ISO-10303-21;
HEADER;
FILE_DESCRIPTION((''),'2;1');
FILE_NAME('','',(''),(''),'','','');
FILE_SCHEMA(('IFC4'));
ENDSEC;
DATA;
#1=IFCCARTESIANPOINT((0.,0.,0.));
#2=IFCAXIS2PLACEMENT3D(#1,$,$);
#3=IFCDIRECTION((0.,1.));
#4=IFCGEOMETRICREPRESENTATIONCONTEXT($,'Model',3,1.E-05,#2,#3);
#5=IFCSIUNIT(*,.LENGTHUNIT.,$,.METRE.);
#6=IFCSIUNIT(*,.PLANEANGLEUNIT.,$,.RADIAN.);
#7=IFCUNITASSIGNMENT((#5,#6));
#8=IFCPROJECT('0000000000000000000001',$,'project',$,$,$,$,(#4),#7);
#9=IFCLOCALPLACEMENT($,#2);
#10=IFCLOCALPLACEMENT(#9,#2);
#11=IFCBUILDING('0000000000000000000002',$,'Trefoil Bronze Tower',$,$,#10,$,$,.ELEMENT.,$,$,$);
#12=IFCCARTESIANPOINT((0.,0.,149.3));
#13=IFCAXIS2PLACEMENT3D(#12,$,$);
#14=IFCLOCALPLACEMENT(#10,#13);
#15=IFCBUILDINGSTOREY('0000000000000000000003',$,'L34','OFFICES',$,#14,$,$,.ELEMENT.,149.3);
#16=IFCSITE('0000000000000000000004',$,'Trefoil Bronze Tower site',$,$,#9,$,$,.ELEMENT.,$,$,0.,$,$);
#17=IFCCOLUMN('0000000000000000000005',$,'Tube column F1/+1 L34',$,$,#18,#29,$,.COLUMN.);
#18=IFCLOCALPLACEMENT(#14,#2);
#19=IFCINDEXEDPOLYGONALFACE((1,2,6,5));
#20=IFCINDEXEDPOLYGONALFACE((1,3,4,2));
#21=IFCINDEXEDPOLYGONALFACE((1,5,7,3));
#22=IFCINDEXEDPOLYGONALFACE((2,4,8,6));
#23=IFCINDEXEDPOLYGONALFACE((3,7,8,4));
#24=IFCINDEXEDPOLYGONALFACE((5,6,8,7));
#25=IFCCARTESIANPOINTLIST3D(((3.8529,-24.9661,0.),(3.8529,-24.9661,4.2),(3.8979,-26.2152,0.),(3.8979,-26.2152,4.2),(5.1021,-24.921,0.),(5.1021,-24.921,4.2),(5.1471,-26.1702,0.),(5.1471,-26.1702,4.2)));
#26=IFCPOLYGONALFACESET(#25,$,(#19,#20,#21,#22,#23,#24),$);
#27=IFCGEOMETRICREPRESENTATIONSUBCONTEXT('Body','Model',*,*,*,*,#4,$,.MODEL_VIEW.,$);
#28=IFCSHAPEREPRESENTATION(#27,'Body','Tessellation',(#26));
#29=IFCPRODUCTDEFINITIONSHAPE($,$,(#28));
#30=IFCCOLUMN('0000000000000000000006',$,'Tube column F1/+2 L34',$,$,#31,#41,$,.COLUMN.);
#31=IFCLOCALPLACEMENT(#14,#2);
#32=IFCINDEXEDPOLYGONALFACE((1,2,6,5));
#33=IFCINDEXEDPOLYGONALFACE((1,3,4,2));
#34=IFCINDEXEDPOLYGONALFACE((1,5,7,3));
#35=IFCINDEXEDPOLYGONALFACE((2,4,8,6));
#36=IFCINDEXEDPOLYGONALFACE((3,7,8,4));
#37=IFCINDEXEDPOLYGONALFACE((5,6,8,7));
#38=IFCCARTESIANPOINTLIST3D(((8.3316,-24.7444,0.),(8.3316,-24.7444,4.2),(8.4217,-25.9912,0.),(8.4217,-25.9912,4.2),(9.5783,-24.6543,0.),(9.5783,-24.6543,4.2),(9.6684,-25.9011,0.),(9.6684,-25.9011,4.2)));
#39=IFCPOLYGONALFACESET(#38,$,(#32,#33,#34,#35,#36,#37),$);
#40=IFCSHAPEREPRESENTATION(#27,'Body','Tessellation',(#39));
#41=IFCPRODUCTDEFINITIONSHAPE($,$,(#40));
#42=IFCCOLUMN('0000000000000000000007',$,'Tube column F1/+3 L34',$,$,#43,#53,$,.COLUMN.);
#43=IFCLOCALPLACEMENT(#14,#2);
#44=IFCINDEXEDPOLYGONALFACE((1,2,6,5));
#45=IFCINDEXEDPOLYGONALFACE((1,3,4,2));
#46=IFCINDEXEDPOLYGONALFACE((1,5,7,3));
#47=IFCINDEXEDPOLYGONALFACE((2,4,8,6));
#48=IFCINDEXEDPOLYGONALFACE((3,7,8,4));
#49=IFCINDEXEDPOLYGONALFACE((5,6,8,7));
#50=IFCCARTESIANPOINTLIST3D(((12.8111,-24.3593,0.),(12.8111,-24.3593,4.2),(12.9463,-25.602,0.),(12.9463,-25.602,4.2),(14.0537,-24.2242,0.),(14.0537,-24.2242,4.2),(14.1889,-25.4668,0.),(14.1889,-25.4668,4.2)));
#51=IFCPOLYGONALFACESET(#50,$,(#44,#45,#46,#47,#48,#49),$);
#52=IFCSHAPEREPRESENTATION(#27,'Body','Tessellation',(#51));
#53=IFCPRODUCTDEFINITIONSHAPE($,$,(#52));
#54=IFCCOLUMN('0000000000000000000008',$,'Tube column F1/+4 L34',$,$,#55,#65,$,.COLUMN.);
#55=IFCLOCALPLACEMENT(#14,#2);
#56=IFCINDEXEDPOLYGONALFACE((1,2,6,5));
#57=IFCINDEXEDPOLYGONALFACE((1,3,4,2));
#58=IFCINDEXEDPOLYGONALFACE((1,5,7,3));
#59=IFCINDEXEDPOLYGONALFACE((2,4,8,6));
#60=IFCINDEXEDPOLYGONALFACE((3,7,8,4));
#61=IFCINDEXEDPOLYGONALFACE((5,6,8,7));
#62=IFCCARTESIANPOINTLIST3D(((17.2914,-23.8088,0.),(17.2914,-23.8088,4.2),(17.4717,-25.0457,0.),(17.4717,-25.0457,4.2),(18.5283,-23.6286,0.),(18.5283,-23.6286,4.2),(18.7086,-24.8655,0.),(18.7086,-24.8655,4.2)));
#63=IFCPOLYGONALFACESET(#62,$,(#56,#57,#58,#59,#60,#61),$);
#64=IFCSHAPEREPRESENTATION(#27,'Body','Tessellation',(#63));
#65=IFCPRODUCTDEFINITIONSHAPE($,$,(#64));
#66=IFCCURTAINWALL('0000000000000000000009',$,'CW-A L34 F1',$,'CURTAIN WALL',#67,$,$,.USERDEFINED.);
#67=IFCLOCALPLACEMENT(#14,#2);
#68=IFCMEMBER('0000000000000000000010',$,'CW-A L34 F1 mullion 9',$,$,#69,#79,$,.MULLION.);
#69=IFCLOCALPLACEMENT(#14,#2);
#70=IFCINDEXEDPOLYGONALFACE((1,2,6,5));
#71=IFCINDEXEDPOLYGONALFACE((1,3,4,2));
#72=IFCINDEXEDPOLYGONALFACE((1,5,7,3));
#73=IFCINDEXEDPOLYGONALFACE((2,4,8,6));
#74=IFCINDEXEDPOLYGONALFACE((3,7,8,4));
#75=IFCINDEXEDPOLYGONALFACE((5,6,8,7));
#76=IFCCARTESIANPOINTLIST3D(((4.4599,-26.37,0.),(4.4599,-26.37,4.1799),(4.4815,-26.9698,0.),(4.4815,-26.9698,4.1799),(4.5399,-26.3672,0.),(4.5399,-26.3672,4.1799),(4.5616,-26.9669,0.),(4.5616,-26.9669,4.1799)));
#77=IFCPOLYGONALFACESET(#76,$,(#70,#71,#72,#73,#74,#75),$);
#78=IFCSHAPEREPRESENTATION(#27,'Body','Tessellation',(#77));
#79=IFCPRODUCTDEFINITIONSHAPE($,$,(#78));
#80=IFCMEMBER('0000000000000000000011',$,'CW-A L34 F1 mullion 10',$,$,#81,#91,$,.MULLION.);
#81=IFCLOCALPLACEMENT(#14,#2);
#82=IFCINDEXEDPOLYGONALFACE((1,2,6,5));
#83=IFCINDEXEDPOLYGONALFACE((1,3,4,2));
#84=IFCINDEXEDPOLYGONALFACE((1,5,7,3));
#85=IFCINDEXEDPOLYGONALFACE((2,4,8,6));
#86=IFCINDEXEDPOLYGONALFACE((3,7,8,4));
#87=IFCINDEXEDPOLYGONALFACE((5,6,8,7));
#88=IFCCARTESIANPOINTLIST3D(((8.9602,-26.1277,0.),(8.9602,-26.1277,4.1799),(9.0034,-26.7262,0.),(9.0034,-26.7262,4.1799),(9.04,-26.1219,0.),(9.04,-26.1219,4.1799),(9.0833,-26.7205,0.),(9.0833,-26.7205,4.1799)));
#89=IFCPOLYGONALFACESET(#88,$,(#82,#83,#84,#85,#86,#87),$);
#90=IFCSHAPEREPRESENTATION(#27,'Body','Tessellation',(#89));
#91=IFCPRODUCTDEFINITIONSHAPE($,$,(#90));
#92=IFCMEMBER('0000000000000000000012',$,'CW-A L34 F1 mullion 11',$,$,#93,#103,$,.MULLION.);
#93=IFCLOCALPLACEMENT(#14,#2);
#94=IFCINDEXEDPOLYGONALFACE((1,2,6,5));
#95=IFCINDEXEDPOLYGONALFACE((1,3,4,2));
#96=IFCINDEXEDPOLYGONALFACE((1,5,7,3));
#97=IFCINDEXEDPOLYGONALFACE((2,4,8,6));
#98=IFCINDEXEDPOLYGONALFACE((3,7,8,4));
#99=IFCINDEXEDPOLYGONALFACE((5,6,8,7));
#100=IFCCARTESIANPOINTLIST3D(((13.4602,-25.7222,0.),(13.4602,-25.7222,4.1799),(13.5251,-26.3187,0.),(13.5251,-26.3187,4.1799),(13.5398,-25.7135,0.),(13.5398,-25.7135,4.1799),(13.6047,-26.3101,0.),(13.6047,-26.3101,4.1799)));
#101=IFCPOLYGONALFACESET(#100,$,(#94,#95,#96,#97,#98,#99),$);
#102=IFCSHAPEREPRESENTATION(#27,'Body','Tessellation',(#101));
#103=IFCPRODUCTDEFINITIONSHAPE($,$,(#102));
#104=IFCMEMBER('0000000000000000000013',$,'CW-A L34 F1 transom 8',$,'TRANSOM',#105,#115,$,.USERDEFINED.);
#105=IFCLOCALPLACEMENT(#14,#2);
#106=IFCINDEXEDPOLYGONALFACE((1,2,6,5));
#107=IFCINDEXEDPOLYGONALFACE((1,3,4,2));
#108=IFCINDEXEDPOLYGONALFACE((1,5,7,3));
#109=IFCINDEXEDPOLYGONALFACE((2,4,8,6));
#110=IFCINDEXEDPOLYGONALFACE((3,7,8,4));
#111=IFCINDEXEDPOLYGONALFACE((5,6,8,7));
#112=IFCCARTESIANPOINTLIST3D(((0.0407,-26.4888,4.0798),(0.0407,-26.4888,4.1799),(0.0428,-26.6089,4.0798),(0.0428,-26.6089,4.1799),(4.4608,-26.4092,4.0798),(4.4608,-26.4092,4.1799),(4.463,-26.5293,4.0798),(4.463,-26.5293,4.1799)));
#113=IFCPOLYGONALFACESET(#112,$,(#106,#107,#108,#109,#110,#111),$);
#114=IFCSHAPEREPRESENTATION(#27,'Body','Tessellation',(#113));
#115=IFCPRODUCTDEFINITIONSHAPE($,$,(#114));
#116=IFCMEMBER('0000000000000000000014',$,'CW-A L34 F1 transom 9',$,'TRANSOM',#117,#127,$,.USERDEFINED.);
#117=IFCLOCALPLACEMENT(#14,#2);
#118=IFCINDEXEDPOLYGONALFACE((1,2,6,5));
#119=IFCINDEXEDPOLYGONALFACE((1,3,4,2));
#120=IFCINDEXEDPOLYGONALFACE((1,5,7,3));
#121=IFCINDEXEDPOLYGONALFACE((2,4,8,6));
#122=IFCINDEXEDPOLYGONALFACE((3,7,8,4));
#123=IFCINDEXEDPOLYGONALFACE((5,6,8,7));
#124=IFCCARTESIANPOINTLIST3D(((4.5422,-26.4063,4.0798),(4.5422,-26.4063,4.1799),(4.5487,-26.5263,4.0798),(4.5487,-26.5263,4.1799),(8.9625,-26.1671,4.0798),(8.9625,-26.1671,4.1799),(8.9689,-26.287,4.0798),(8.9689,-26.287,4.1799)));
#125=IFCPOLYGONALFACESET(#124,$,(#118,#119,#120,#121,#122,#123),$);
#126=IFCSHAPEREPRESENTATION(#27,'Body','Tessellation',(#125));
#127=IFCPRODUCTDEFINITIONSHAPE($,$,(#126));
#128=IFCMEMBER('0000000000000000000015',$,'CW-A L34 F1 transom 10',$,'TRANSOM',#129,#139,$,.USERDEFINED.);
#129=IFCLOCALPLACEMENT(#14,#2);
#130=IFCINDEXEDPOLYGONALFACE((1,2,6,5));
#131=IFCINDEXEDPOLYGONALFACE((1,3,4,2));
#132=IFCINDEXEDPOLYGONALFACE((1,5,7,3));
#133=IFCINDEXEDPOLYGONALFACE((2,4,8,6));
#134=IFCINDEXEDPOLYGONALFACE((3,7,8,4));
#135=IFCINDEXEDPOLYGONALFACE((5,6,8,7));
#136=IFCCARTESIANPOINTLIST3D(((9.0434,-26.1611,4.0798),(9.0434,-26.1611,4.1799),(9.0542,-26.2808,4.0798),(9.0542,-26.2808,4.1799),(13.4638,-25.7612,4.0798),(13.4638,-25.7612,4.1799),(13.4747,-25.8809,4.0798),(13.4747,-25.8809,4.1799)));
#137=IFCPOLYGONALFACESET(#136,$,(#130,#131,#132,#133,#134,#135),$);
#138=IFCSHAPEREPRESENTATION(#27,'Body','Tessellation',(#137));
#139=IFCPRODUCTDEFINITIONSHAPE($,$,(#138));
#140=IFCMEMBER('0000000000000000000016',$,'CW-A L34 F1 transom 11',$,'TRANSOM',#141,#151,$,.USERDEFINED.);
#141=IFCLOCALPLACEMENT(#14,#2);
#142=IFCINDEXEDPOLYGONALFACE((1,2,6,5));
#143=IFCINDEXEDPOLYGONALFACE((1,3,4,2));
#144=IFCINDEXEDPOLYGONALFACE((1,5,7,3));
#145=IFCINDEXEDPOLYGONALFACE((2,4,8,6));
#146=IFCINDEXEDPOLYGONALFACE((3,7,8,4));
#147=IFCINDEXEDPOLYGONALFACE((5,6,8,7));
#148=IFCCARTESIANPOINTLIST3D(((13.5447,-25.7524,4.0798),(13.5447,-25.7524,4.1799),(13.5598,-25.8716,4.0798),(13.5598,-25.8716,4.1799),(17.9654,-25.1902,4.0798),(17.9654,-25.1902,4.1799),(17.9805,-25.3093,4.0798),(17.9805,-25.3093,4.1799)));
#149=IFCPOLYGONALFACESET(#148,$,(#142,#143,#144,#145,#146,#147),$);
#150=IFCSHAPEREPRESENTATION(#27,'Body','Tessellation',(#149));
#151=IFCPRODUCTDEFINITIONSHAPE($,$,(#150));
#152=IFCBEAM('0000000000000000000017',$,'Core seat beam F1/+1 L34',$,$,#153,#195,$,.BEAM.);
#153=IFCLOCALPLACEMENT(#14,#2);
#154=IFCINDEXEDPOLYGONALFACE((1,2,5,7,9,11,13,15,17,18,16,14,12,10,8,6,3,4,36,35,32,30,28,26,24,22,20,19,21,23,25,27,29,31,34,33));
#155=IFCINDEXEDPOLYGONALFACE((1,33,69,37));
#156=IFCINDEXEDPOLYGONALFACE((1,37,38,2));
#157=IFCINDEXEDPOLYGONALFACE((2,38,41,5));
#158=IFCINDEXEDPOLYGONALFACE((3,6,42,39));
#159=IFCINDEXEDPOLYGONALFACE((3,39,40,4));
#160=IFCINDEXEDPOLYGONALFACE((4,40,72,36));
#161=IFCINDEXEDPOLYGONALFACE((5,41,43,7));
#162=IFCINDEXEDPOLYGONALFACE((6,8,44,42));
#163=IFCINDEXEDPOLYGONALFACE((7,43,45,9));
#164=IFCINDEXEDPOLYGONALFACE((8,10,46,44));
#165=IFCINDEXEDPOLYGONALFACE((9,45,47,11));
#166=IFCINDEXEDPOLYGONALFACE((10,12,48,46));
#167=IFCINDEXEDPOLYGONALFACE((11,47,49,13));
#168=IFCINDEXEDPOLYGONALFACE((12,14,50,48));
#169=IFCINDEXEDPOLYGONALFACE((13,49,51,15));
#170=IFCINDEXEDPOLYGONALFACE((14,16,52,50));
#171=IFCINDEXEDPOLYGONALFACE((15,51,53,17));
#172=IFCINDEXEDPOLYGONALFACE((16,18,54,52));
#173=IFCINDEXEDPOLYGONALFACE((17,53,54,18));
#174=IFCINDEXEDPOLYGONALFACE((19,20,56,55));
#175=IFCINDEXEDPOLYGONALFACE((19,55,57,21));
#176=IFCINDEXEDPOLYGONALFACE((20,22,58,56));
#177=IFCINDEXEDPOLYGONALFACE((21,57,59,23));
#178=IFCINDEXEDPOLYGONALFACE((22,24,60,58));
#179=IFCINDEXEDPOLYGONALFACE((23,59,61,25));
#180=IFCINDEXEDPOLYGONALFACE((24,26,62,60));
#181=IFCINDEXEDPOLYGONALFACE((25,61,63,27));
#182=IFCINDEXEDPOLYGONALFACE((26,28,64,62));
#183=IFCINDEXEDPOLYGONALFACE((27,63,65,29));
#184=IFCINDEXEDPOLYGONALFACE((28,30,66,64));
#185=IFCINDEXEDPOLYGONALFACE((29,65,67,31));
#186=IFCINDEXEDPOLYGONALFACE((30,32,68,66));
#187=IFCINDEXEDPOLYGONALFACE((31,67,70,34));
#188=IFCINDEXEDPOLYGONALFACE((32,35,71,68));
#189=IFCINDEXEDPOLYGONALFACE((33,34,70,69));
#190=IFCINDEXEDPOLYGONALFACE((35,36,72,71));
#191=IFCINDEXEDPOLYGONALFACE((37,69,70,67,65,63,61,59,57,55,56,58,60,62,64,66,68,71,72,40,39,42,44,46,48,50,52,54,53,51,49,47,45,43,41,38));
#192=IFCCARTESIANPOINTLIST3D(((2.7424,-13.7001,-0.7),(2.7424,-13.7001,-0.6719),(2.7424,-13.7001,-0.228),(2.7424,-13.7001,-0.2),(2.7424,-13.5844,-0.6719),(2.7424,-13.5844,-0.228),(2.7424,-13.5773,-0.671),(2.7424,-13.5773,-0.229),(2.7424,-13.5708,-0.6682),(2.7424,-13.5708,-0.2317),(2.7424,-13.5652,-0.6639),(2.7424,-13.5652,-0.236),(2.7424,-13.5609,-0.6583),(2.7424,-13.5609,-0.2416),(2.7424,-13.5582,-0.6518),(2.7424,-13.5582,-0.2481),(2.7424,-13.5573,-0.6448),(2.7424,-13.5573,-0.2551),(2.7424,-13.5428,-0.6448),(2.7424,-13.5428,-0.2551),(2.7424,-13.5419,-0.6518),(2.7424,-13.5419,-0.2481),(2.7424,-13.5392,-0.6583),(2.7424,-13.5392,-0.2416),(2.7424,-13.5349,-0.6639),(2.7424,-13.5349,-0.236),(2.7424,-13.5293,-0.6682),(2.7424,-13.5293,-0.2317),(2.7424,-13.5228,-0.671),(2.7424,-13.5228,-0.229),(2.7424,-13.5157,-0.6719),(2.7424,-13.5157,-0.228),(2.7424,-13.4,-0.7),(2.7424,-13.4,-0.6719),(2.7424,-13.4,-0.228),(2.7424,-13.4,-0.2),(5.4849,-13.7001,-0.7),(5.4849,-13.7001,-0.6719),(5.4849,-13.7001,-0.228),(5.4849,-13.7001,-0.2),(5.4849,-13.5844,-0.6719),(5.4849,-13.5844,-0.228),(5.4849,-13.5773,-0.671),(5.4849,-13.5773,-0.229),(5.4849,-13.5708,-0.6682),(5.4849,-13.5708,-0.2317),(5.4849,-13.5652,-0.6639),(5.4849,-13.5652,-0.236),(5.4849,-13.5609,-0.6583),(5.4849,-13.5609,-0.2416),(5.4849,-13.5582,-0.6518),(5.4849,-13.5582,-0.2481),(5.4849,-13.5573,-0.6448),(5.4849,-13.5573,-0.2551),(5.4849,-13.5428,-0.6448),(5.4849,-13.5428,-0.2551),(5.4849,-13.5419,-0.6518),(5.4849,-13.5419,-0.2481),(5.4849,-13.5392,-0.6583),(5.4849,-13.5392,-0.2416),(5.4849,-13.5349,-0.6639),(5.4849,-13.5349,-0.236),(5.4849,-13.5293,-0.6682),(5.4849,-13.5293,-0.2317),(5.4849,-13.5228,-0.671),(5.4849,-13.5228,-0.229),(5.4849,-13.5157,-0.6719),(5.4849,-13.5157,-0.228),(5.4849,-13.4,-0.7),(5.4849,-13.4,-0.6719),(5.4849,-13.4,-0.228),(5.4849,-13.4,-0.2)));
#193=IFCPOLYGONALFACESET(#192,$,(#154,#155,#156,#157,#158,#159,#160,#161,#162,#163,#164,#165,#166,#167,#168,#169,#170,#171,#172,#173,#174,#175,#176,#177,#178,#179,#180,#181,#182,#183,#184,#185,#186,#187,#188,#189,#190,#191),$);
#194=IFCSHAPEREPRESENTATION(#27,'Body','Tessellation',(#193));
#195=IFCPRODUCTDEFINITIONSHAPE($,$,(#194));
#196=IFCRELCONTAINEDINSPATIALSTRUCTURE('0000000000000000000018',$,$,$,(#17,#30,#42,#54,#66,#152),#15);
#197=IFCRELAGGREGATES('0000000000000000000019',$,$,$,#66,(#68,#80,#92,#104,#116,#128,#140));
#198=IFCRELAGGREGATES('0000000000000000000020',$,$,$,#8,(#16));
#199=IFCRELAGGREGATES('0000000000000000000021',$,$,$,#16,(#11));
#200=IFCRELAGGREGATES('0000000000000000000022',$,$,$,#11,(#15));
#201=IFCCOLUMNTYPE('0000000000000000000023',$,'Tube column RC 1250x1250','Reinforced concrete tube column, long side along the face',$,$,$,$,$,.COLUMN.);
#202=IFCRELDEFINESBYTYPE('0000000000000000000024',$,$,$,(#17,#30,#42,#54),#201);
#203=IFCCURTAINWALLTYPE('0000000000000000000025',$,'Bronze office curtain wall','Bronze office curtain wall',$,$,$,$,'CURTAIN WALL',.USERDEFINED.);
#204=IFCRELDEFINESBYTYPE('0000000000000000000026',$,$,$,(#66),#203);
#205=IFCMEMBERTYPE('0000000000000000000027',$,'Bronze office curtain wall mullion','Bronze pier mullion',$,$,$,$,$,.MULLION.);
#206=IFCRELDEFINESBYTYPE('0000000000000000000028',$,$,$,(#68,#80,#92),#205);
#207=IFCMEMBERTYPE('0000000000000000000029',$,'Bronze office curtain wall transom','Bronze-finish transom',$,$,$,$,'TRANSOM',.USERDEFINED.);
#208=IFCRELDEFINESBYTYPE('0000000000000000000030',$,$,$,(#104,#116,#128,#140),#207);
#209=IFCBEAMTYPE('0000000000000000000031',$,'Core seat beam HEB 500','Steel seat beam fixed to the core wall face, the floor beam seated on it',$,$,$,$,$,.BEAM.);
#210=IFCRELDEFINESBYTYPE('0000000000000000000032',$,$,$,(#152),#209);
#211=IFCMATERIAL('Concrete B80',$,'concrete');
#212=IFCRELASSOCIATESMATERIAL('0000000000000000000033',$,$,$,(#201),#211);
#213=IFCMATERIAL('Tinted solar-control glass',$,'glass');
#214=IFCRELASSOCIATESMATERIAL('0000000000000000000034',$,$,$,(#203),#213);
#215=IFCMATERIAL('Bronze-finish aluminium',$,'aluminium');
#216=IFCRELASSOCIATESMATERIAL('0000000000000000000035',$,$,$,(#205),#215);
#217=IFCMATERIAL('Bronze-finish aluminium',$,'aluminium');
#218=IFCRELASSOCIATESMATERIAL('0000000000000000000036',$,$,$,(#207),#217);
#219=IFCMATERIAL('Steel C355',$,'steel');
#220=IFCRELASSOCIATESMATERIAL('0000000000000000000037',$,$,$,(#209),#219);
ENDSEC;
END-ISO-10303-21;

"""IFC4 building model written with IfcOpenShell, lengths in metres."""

from ifc_helpers import new_model, si_unit, direction, frame, origin, origin_2d, place, context, subcontext, project, spatial, rectangle, i_section, extrude, material, material_profile, profile_set, type_object, element, aggregate, save


model = new_model("IFC4")

# Units and contexts
model_context = context("Model", 3, precision=1e-05, world=origin(), true_north=direction((0.0, 1.0)))
body_context = subcontext(model_context, "Body", "Model", "MODEL_VIEW")
ifc_project = project(units=[si_unit("LENGTHUNIT", "METRE"), si_unit("PLANEANGLEUNIT", "RADIAN")], contexts=[model_context])

# Site, building, storey
site_placement = place(None, origin())
site = spatial("IfcSite", under=ifc_project, at=site_placement, Name="Trefoil Bronze Tower site", CompositionType="ELEMENT", RefElevation=0.0)
building_placement = place(site_placement, origin())
building = spatial("IfcBuilding", under=site, at=building_placement, Name="Trefoil Bronze Tower", CompositionType="ELEMENT")
storey_placement = place(building_placement, frame((0.0, 0.0, 149.3)))
storey = spatial("IfcBuildingStorey", under=building, at=storey_placement, Name="L34", Description="OFFICES", CompositionType="ELEMENT", Elevation=149.3)

# Columns
ifc_material_1 = material(Name="Concrete B80", Category="concrete")
ifc_material_profile_1 = material_profile(ifc_material_1, rectangle(XDim=1.25, YDim=1.25, at=origin_2d()), Name="RC 1250x1250")
ifc_profile_set_1 = profile_set([ifc_material_profile_1], Name="Concrete B80")
column_type = type_object("IfcColumnType", Name="Tube column RC 1250x1250", Description="Reinforced concrete tube column, long side along the face", PredefinedType="COLUMN", material=ifc_profile_set_1)
for number, where, z_axis, x_axis, name in (
    (1, (4.5, -25.5681, 0.0), (0.0, 0.0, 1.0), (0.99935, 0.036048, 0.0), "Tube column F1/+1 L34"),
    (2, (9.0, -25.3228, 0.0), (0.0, 0.0, 1.0), (0.997398, 0.072096, 0.0), "Tube column F1/+2 L34"),
    (3, (13.5, -24.9131, 0.0), (0.0, 0.0, 1.0), (0.994135, 0.108144, 0.0), "Tube column F1/+3 L34"),
    (4, (18.0, -24.3372, 0.0), (0.0, 0.0, 1.0), (0.98955, 0.144192, 0.0), "Tube column F1/+4 L34"),
):
    element("IfcColumn", number, at=place(storey_placement, frame(where, z_axis=z_axis, x_axis=x_axis)), inside=storey, type_object=column_type, Name=name, PredefinedType="COLUMN", context=body_context, shape_type="SweptSolid", body=[
        extrude(rectangle(XDim=1.25, YDim=1.25, at=origin_2d()), origin(), (0.0, 0.0, 1.0), 4.2),
    ])

# Curtain wall, members
ifc_material_2 = material(Name="Tinted solar-control glass", Category="glass")
curtain_wall_type = type_object("IfcCurtainWallType", Name="Bronze office curtain wall", Description="Bronze office curtain wall", ElementType="CURTAIN WALL", PredefinedType="USERDEFINED", material=ifc_material_2)
curtain_wall_placement = place(storey_placement, origin())
curtain_wall = element("IfcCurtainWall", 5, at=curtain_wall_placement, inside=storey, type_object=curtain_wall_type, Name="CW-A L34 F1", ObjectType="CURTAIN WALL", PredefinedType="USERDEFINED")
ifc_material_3 = material(Name="Bronze-finish aluminium", Category="aluminium")
ifc_material_profile_2 = material_profile(ifc_material_3, rectangle(XDim=0.6001, YDim=0.0801, at=origin_2d()), Name="CW-A mullion")
ifc_profile_set_2 = profile_set([ifc_material_profile_2], Name="Bronze-finish aluminium")
member_type_1 = type_object("IfcMemberType", Name="Bronze office curtain wall mullion", Description="Bronze pier mullion", PredefinedType="MULLION", material=ifc_profile_set_2)
member_1_placement = place(storey_placement, frame((4.5107, -26.6685, 0.0), z_axis=(0.0, 0.0, 1.0), x_axis=(-0.036048, 0.99935, 0.0)))
member_1 = element("IfcMember", 6, at=member_1_placement, type_object=member_type_1, Name="CW-A L34 F1 mullion 9", PredefinedType="MULLION", context=body_context, shape_type="SweptSolid", body=[
    extrude(rectangle(XDim=0.6001, YDim=0.0801, at=origin_2d()), origin(), (0.0, 0.0, 1.0), 4.1799),
])
member_2_placement = place(storey_placement, frame((9.0217, -26.4241, 0.0), z_axis=(0.0, 0.0, 1.0), x_axis=(-0.072096, 0.997398, 0.0)))
member_2 = element("IfcMember", 7, at=member_2_placement, type_object=member_type_1, Name="CW-A L34 F1 mullion 10", PredefinedType="MULLION", context=body_context, shape_type="SweptSolid", body=[
    extrude(rectangle(XDim=0.6001, YDim=0.0801, at=origin_2d()), origin(), (0.0, 0.0, 1.0), 4.1799),
])
member_3_placement = place(storey_placement, frame((13.5325, -26.0161, 0.0), z_axis=(0.0, 0.0, 1.0), x_axis=(-0.108144, 0.994135, 0.0)))
member_3 = element("IfcMember", 8, at=member_3_placement, type_object=member_type_1, Name="CW-A L34 F1 mullion 11", PredefinedType="MULLION", context=body_context, shape_type="SweptSolid", body=[
    extrude(rectangle(XDim=0.6001, YDim=0.0801, at=origin_2d()), origin(), (0.0, 0.0, 1.0), 4.1799),
])
ifc_material_4 = material(Name="Bronze-finish aluminium", Category="aluminium")
ifc_material_profile_3 = material_profile(ifc_material_4, rectangle(XDim=0.1201, YDim=0.1001, at=origin_2d()), Name="CW-A transom")
ifc_profile_set_3 = profile_set([ifc_material_profile_3], Name="Bronze-finish aluminium")
member_type_2 = type_object("IfcMemberType", Name="Bronze office curtain wall transom", Description="Bronze-finish transom", ElementType="TRANSOM", PredefinedType="USERDEFINED", material=ifc_profile_set_3)
member_4_placement = place(storey_placement, frame((0.0417, -26.5488, 4.1299), z_axis=(0.999838, 0.018003, 0.0), x_axis=(-0.018003, 0.999838, 0.0)))
member_4 = element("IfcMember", 9, at=member_4_placement, type_object=member_type_2, Name="CW-A L34 F1 transom 8", ObjectType="TRANSOM", PredefinedType="USERDEFINED", context=body_context, shape_type="SweptSolid", body=[
    extrude(rectangle(XDim=0.1201, YDim=0.1001, at=origin_2d()), origin(), (0.0, 0.0, 1.0), 4.4209),
])
member_5_placement = place(storey_placement, frame((4.5454, -26.4663, 4.1299), z_axis=(0.998538, 0.05405, 0.0), x_axis=(-0.05405, 0.998538, 0.0)))
member_5 = element("IfcMember", 10, at=member_5_placement, type_object=member_type_2, Name="CW-A L34 F1 transom 9", ObjectType="TRANSOM", PredefinedType="USERDEFINED", context=body_context, shape_type="SweptSolid", body=[
    extrude(rectangle(XDim=0.1201, YDim=0.1001, at=origin_2d()), origin(), (0.0, 0.0, 1.0), 4.4268),
])
member_6_placement = place(storey_placement, frame((9.0488, -26.2209, 4.1299), z_axis=(0.995933, 0.090099, 0.0), x_axis=(-0.090099, 0.995933, 0.0)))
member_6 = element("IfcMember", 11, at=member_6_placement, type_object=member_type_2, Name="CW-A L34 F1 transom 10", ObjectType="TRANSOM", PredefinedType="USERDEFINED", context=body_context, shape_type="SweptSolid", body=[
    extrude(rectangle(XDim=0.1201, YDim=0.1001, at=origin_2d()), origin(), (0.0, 0.0, 1.0), 4.4385),
])
member_7_placement = place(storey_placement, frame((13.5522, -25.812, 4.1299), z_axis=(0.992008, 0.126172, 0.0), x_axis=(-0.126172, 0.992008, 0.0)))
member_7 = element("IfcMember", 12, at=member_7_placement, type_object=member_type_2, Name="CW-A L34 F1 transom 11", ObjectType="TRANSOM", PredefinedType="USERDEFINED", context=body_context, shape_type="SweptSolid", body=[
    extrude(rectangle(XDim=0.1201, YDim=0.1001, at=origin_2d()), origin(), (0.0, 0.0, 1.0), 4.4563),
])

# Beam
ifc_material_5 = material(Name="Steel C355", Category="steel")
ifc_material_profile_4 = material_profile(ifc_material_5, i_section(OverallWidth=0.3, OverallDepth=0.5, WebThickness=0.0144, FlangeThickness=0.0281, FilletRadius=0.0271, at=origin_2d()), Name="HEB 500")
ifc_profile_set_4 = profile_set([ifc_material_profile_4], Name="Steel C355")
beam_type_1 = type_object("IfcBeamType", Name="Core seat beam HEB 500", Description="Steel seat beam fixed to the core wall face, the floor beam seated on it", PredefinedType="BEAM", material=ifc_profile_set_4)
for number, where, z_axis, x_axis, name in (
    (13, (2.7424, -13.55, -0.45), (1.0, 0.0, 0.0), (0.0, 1.0, 0.0), "Core seat beam F1/+1 L34"),
):
    element("IfcBeam", number, at=place(storey_placement, frame(where, z_axis=z_axis, x_axis=x_axis)), inside=storey, type_object=beam_type_1, Name=name, PredefinedType="BEAM", context=body_context, shape_type="SweptSolid", body=[
        extrude(i_section(OverallWidth=0.3, OverallDepth=0.5, WebThickness=0.0144, FlangeThickness=0.0281, FilletRadius=0.0271, at=origin_2d()), origin(), (0.0, 0.0, 1.0), 2.7424),
    ])

aggregate(curtain_wall, [member_1, member_2, member_3, member_4, member_5, member_6, member_7])

save(model, "model.ifc")
